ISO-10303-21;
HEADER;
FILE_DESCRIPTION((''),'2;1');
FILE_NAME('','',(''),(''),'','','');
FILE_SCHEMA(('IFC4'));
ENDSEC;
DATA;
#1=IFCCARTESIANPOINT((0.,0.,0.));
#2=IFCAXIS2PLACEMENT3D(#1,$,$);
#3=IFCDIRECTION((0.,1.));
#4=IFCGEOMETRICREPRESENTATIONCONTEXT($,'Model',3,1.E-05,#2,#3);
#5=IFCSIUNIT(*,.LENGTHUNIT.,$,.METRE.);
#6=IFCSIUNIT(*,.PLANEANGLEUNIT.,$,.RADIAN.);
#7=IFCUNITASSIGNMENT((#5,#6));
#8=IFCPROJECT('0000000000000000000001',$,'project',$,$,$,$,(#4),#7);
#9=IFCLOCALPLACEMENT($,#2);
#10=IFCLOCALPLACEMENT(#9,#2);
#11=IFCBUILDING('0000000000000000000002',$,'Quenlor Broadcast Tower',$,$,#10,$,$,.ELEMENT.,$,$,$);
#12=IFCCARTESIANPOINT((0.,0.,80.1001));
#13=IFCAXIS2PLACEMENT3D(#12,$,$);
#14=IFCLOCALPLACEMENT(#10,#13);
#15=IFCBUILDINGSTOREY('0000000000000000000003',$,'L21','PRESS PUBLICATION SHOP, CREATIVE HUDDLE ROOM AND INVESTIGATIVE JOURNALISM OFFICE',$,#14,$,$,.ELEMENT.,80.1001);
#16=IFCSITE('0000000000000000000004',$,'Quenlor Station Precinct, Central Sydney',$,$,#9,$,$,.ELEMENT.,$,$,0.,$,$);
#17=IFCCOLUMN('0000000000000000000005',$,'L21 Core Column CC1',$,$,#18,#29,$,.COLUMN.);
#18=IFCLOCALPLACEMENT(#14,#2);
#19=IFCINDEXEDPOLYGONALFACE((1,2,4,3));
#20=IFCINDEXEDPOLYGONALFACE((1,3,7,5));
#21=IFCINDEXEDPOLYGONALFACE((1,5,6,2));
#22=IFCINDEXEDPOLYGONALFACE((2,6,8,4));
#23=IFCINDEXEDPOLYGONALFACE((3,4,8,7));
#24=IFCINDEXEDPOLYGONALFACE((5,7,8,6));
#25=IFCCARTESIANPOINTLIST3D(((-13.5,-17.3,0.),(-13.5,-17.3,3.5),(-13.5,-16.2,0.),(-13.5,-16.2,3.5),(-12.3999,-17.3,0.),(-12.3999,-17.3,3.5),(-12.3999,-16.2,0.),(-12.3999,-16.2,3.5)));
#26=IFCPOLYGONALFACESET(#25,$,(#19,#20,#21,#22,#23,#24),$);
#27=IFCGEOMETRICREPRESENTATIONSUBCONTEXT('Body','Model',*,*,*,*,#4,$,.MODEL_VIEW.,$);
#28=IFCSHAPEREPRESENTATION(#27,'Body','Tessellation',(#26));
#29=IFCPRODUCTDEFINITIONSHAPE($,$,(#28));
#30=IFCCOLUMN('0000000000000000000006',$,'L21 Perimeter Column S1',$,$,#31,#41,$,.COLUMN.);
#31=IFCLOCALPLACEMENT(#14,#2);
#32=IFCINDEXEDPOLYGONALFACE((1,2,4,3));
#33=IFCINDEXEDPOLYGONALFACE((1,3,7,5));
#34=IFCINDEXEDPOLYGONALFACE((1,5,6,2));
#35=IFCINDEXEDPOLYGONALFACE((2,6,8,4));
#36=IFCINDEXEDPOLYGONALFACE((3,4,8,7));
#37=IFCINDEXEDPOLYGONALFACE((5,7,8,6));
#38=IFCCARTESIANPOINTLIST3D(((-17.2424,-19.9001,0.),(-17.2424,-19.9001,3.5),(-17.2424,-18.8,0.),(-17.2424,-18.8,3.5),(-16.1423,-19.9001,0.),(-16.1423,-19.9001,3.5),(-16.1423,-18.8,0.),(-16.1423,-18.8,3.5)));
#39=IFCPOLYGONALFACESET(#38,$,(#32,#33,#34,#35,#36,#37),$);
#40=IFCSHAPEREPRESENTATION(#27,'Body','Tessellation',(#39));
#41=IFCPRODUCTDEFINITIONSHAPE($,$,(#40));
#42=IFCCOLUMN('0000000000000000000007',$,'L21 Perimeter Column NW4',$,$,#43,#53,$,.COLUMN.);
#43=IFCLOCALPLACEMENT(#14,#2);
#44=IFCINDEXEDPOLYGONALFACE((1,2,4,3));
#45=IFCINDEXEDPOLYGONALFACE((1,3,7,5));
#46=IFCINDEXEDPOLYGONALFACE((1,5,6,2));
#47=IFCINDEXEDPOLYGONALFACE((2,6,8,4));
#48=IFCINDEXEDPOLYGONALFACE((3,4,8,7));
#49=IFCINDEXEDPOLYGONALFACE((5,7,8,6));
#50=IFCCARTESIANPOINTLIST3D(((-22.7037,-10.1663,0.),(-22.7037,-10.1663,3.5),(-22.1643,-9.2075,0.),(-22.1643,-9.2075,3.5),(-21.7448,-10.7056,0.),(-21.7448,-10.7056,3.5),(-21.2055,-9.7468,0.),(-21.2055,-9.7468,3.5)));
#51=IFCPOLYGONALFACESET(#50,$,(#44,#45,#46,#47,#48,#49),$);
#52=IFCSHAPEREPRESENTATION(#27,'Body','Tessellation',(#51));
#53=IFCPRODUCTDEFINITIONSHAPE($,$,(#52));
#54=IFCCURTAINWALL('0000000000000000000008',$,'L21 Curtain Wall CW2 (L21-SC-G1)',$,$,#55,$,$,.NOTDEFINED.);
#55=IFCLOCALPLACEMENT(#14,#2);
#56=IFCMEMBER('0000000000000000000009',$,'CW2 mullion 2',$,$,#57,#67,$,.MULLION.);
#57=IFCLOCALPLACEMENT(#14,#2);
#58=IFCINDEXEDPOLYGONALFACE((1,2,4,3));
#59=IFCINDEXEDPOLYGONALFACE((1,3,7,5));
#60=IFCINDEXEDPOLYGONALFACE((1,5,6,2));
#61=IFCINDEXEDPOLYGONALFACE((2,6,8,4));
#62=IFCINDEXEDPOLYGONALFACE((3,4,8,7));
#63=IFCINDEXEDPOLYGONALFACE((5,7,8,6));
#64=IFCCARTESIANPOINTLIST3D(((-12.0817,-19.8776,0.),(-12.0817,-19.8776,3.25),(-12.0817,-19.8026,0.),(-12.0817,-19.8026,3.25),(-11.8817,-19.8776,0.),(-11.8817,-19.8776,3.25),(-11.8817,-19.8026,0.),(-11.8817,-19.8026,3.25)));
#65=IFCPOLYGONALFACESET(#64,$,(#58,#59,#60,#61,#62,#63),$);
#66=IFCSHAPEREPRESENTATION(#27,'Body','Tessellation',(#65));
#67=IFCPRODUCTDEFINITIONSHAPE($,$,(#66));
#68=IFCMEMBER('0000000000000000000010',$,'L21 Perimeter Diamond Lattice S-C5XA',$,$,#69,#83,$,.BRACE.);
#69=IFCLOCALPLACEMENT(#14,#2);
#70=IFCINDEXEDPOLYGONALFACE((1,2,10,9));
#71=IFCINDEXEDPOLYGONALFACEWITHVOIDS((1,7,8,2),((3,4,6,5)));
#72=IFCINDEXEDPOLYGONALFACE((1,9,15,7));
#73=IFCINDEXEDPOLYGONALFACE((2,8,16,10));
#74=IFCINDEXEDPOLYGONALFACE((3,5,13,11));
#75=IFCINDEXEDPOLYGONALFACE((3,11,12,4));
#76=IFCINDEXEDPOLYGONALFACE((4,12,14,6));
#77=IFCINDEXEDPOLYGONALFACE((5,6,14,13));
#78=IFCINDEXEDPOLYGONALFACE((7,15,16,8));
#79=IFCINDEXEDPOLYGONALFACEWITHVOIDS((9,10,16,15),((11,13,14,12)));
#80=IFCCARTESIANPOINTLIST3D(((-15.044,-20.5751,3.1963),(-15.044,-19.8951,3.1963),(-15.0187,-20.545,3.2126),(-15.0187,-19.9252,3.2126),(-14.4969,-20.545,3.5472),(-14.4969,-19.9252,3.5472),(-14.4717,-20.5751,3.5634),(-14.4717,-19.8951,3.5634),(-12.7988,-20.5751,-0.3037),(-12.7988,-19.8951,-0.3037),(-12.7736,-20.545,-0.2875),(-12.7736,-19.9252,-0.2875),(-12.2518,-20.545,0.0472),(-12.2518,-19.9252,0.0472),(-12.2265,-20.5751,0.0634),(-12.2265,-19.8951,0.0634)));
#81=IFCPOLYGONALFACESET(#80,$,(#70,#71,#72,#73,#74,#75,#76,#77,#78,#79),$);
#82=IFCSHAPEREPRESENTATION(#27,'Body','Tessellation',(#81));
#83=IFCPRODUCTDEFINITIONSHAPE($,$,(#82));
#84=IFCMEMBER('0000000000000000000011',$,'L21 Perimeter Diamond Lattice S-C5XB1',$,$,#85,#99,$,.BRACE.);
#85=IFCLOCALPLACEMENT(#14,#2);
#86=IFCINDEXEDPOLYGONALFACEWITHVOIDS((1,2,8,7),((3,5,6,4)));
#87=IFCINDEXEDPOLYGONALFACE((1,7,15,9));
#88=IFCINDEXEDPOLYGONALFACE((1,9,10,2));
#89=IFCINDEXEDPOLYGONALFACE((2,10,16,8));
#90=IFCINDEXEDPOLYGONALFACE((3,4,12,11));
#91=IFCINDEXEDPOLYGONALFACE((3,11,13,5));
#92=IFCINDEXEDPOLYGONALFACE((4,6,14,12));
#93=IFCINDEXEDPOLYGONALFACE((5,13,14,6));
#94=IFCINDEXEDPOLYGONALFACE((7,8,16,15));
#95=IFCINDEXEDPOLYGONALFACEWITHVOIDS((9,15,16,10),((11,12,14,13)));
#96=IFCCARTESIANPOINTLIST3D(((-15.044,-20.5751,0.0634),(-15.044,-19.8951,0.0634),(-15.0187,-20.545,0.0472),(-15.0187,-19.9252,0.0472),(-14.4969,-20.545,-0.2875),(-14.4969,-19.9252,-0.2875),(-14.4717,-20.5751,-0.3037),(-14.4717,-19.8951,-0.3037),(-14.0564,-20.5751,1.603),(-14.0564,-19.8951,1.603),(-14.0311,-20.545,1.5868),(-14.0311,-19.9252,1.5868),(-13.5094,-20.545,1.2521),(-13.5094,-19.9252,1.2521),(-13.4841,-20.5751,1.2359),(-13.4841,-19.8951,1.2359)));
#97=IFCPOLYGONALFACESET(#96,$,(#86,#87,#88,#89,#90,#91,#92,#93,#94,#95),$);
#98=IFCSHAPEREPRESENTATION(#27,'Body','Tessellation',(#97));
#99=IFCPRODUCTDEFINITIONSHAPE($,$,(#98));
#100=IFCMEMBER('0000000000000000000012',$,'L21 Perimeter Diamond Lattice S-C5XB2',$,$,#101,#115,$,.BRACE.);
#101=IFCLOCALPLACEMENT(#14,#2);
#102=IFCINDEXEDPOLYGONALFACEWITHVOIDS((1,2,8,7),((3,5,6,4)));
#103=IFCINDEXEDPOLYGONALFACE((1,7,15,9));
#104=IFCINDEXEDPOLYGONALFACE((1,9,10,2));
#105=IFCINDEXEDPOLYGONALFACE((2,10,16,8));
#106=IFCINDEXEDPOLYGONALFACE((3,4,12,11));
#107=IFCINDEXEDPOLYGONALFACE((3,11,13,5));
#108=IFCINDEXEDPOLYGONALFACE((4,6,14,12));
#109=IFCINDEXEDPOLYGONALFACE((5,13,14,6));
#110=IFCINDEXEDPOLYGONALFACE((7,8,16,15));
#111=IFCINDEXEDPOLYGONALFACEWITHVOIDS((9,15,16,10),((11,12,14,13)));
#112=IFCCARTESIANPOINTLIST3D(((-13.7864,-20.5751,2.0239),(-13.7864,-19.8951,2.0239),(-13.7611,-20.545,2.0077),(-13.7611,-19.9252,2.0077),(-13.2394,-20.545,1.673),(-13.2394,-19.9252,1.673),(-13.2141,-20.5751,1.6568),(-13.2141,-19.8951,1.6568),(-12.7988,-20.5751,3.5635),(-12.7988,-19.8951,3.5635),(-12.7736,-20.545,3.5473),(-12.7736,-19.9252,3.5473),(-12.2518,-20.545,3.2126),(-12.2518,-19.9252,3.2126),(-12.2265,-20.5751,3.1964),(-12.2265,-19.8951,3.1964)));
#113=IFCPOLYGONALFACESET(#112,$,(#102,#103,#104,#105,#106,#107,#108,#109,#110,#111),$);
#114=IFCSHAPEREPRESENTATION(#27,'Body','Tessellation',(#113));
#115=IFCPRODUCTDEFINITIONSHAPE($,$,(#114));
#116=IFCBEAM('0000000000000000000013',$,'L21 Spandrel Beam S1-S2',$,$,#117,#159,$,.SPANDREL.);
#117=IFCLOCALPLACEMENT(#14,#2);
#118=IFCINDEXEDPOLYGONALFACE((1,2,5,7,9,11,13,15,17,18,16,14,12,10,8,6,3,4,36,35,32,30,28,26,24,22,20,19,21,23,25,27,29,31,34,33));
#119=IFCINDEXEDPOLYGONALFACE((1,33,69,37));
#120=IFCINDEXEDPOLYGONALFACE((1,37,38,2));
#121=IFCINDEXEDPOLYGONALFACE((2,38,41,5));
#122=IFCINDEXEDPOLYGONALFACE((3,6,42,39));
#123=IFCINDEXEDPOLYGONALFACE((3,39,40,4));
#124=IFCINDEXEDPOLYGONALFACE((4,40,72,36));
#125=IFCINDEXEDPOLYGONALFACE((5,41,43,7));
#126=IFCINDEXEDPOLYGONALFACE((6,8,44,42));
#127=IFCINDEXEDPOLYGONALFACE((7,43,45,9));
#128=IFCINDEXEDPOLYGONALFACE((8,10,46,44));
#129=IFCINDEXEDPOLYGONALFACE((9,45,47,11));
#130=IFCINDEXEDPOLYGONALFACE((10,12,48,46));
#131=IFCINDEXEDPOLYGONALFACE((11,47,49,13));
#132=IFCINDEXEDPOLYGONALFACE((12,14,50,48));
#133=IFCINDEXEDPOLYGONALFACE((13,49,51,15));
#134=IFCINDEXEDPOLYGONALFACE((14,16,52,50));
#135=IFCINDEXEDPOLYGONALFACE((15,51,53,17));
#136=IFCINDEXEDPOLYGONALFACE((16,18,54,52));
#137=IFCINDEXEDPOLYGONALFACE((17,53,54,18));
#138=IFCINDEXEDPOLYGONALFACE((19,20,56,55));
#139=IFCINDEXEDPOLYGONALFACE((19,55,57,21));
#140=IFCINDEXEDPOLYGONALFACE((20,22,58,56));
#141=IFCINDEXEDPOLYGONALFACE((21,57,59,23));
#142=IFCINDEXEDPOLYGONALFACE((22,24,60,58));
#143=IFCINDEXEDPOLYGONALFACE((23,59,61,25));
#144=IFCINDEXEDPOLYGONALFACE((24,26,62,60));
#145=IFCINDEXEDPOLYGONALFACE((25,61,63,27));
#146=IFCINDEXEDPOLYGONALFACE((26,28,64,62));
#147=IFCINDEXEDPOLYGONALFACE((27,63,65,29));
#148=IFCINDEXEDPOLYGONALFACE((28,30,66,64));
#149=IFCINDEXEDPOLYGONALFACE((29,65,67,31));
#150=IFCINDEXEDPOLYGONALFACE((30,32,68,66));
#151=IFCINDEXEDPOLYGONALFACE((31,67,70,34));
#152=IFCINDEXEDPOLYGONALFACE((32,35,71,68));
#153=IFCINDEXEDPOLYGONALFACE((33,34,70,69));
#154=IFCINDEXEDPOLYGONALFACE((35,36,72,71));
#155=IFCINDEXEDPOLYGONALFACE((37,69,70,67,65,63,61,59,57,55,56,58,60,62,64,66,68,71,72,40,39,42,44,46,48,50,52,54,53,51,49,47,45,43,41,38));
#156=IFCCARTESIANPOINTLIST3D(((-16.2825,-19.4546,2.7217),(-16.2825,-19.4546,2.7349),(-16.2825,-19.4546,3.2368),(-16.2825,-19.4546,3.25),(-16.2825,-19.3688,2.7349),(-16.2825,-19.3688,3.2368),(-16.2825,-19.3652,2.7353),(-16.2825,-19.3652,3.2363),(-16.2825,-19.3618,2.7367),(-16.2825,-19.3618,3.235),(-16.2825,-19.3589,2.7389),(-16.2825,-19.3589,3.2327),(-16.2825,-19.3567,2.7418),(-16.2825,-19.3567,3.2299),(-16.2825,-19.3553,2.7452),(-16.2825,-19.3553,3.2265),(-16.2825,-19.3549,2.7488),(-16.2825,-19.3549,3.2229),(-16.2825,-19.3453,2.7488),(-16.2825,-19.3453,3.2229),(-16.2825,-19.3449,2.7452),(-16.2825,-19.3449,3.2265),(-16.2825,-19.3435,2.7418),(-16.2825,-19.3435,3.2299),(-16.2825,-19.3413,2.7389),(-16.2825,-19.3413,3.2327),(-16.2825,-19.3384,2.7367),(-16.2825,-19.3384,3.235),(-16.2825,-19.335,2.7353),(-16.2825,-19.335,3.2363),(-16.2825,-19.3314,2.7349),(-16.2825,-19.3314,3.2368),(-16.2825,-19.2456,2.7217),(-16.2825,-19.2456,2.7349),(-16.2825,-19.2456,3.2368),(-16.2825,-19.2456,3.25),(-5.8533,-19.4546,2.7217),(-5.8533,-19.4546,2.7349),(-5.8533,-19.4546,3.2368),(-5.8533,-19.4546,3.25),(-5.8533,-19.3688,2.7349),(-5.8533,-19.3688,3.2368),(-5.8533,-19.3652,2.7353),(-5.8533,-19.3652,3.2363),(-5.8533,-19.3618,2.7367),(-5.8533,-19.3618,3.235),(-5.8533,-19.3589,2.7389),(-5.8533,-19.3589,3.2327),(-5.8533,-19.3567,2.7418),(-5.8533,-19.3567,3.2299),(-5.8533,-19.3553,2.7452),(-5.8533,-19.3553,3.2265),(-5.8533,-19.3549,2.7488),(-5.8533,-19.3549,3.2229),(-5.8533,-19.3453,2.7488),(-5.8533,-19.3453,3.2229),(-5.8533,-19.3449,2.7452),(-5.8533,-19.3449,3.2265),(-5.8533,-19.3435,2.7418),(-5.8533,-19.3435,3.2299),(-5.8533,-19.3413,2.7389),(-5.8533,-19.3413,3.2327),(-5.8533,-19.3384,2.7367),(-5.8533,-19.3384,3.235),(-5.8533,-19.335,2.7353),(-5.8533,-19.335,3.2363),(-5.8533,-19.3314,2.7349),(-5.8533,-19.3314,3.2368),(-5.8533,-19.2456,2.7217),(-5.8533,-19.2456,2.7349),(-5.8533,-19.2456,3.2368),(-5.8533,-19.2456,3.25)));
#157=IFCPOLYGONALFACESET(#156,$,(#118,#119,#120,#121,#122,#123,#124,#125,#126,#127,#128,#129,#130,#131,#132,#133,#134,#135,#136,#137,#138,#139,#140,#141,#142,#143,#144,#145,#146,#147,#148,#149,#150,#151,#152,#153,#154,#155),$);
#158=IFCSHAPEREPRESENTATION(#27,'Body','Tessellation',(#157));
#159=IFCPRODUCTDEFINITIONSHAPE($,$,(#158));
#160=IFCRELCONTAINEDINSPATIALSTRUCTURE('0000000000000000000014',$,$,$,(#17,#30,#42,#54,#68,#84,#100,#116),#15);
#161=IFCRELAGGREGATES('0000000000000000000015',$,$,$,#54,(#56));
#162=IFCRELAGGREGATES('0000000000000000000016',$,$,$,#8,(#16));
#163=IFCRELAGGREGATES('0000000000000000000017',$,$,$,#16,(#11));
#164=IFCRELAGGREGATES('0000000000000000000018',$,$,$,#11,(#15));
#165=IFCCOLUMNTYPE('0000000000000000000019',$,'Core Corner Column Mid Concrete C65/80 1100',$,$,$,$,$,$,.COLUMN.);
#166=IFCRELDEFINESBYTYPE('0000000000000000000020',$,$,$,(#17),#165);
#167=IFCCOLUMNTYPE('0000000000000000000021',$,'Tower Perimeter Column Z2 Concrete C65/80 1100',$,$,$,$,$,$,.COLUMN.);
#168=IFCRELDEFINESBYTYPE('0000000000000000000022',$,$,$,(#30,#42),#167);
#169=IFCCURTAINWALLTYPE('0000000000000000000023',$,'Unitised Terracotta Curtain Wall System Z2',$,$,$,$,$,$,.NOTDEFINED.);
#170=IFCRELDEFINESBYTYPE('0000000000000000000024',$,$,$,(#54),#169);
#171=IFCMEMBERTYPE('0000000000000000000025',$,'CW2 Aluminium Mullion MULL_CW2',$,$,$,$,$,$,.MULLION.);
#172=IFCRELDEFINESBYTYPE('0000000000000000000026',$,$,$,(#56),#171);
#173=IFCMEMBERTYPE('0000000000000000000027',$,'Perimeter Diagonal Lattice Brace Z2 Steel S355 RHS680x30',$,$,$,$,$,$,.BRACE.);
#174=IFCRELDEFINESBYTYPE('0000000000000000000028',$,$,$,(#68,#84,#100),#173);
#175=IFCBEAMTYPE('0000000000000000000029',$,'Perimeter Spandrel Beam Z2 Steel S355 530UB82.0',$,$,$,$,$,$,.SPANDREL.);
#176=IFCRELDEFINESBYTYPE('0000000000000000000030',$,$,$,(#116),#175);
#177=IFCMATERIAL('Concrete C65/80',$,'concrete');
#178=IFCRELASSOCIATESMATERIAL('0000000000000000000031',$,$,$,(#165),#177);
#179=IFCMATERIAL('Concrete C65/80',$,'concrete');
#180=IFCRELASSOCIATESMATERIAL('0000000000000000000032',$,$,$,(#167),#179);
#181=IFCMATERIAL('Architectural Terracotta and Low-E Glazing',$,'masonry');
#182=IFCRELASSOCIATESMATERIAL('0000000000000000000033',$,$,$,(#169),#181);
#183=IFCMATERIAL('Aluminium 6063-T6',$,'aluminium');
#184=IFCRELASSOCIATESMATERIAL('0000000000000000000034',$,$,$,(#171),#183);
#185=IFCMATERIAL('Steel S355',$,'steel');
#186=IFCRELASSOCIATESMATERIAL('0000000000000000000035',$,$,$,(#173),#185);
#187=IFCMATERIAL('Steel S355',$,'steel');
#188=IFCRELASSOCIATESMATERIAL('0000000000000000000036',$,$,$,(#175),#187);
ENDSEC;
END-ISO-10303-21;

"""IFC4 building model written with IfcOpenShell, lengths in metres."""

from ifc_helpers import new_model, si_unit, direction, frame, origin, origin_2d, place, context, subcontext, project, spatial, rectangle, hollow_rectangle, i_section, extrude, material, material_profile, profile_set, type_object, element, aggregate, save


model = new_model("IFC4")

# Units and contexts
model_context = context("Model", 3, precision=1e-05, world=origin(), true_north=direction((0.0, 1.0)))
body_context = subcontext(model_context, "Body", "Model", "MODEL_VIEW")
ifc_project = project(units=[si_unit("LENGTHUNIT", "METRE"), si_unit("PLANEANGLEUNIT", "RADIAN")], contexts=[model_context])

# Site, building, storey
site_placement = place(None, origin())
site = spatial("IfcSite", under=ifc_project, at=site_placement, Name="Quenlor Station Precinct, Central Sydney", CompositionType="ELEMENT", RefElevation=0.0)
building_placement = place(site_placement, origin())
building = spatial("IfcBuilding", under=site, at=building_placement, Name="Quenlor Broadcast Tower", CompositionType="ELEMENT")
storey_placement = place(building_placement, frame((0.0, 0.0, 80.1001)))
storey = spatial("IfcBuildingStorey", under=building, at=storey_placement, Name="L21", Description="PRESS PUBLICATION SHOP, CREATIVE HUDDLE ROOM AND INVESTIGATIVE JOURNALISM OFFICE", CompositionType="ELEMENT", Elevation=80.1001)

# Columns
ifc_material_1 = material(Name="Concrete C65/80", Category="concrete")
ifc_material_profile_1 = material_profile(ifc_material_1, rectangle(XDim=1.1001, YDim=1.1001, at=origin_2d()))
ifc_profile_set_1 = profile_set([ifc_material_profile_1], Name="Concrete C65/80 RC1100x1100")
column_type_1 = type_object("IfcColumnType", Name="Core Corner Column Mid Concrete C65/80 1100", PredefinedType="COLUMN", material=ifc_profile_set_1)
column_placement = place(storey_placement, frame((-12.95, -16.75, 0.0), z_axis=(0.0, 0.0, 1.0), x_axis=(1.0, 0.0, 0.0)))
element("IfcColumn", 1, at=column_placement, inside=storey, type_object=column_type_1, Name="L21 Core Column CC1", PredefinedType="COLUMN", context=body_context, shape_type="SweptSolid", body=[
    extrude(rectangle(XDim=1.1001, YDim=1.1001, at=origin_2d()), origin(), (0.0, 0.0, 1.0), 3.5),
])
ifc_material_2 = material(Name="Concrete C65/80", Category="concrete")
ifc_material_profile_2 = material_profile(ifc_material_2, rectangle(XDim=1.1001, YDim=1.1001, at=origin_2d()))
ifc_profile_set_2 = profile_set([ifc_material_profile_2], Name="Concrete C65/80 RC1100x1100")
column_type_2 = type_object("IfcColumnType", Name="Tower Perimeter Column Z2 Concrete C65/80 1100", PredefinedType="COLUMN", material=ifc_profile_set_2)
for number, where, z_axis, x_axis, name in (
    (2, (-16.6924, -19.3501, 0.0), (0.0, 0.0, 1.0), (0.0, 1.0, 0.0), "L21 Perimeter Column S1"),
    (3, (-21.9546, -9.9565, 0.0), (0.0, 0.0, 1.0), (-0.871575, 0.490262, 0.0), "L21 Perimeter Column NW4"),
):
    element("IfcColumn", number, at=place(storey_placement, frame(where, z_axis=z_axis, x_axis=x_axis)), inside=storey, type_object=column_type_2, Name=name, PredefinedType="COLUMN", context=body_context, shape_type="SweptSolid", body=[
        extrude(rectangle(XDim=1.1001, YDim=1.1001, at=origin_2d()), origin(), (0.0, 0.0, 1.0), 3.5),
    ])

# Curtain wall, member
ifc_material_3 = material(Name="Architectural Terracotta and Low-E Glazing", Category="masonry")
curtain_wall_type = type_object("IfcCurtainWallType", Name="Unitised Terracotta Curtain Wall System Z2", PredefinedType="NOTDEFINED", material=ifc_material_3)
curtain_wall_placement = place(storey_placement, origin())
curtain_wall = element("IfcCurtainWall", 4, at=curtain_wall_placement, inside=storey, type_object=curtain_wall_type, Name="L21 Curtain Wall CW2 (L21-SC-G1)", PredefinedType="NOTDEFINED")
ifc_material_4 = material(Name="Aluminium 6063-T6", Category="aluminium")
ifc_material_profile_3 = material_profile(ifc_material_4, rectangle(XDim=0.075, YDim=0.2, at=origin_2d()))
ifc_profile_set_3 = profile_set([ifc_material_profile_3], Name="Aluminium 6063-T6 MULL75x200")
member_type_1 = type_object("IfcMemberType", Name="CW2 Aluminium Mullion MULL_CW2", PredefinedType="MULLION", material=ifc_profile_set_3)
member_1_placement = place(storey_placement, frame((-11.9817, -19.8401, 0.0), z_axis=(0.0, 0.0, 1.0), x_axis=(0.0, -1.0, 0.0)))
member_1 = element("IfcMember", 5, at=member_1_placement, type_object=member_type_1, Name="CW2 mullion 2", PredefinedType="MULLION", context=body_context, shape_type="SweptSolid", body=[
    extrude(rectangle(XDim=0.075, YDim=0.2, at=origin_2d()), origin(), (0.0, 0.0, 1.0), 3.25),
])
aggregate(curtain_wall, [member_1])

# Members
ifc_material_5 = material(Name="Steel S355", Category="steel")
ifc_material_profile_4 = material_profile(ifc_material_5, hollow_rectangle(XDim=0.6799, YDim=0.6799, WallThickness=0.03, at=origin_2d()))
ifc_profile_set_4 = profile_set([ifc_material_profile_4], Name="Steel S355 RHS680x680x30")
member_type_2 = type_object("IfcMemberType", Name="Perimeter Diagonal Lattice Brace Z2 Steel S355 RHS680x30", PredefinedType="BRACE", material=ifc_profile_set_4)
member_2_placement = place(storey_placement, frame((-12.5127, -20.2351, -0.1201), z_axis=(-0.539926, 0.0, 0.841712), x_axis=(0.0, -1.0, 0.0)))
element("IfcMember", 6, at=member_2_placement, inside=storey, type_object=member_type_2, Name="L21 Perimeter Diamond Lattice S-C5XA", PredefinedType="BRACE", context=body_context, shape_type="SweptSolid", body=[
    extrude(hollow_rectangle(XDim=0.6799, YDim=0.6799, WallThickness=0.03, at=origin_2d()), origin(), (0.0, 0.0, 1.0), 4.1582),
])
for number, where, z_axis, x_axis, name in (
    (7, (-14.7578, -20.2351, -0.1201), (0.539921, 0.0, 0.841716), (0.0, 1.0, 0.0), "L21 Perimeter Diamond Lattice S-C5XB1"),
    (8, (-13.5002, -20.2351, 1.8403), (0.539921, 0.0, 0.841716), (0.0, 1.0, 0.0), "L21 Perimeter Diamond Lattice S-C5XB2"),
):
    element("IfcMember", number, at=place(storey_placement, frame(where, z_axis=z_axis, x_axis=x_axis)), inside=storey, type_object=member_type_2, Name=name, PredefinedType="BRACE", context=body_context, shape_type="SweptSolid", body=[
        extrude(hollow_rectangle(XDim=0.6799, YDim=0.6799, WallThickness=0.03, at=origin_2d()), origin(), (0.0, 0.0, 1.0), 1.8291),
    ])

# Beam
ifc_material_6 = material(Name="Steel S355", Category="steel")
ifc_material_profile_5 = material_profile(ifc_material_6, i_section(OverallWidth=0.209, OverallDepth=0.5283, WebThickness=0.0095, FlangeThickness=0.0132, FilletRadius=0.0139, at=origin_2d()))
ifc_profile_set_5 = profile_set([ifc_material_profile_5], Name="Steel S355 530UB82.0")
beam_type_1 = type_object("IfcBeamType", Name="Perimeter Spandrel Beam Z2 Steel S355 530UB82.0", PredefinedType="SPANDREL", material=ifc_profile_set_5)
beam_1_placement = place(storey_placement, frame((-16.2825, -19.3501, 2.9858), z_axis=(1.0, 0.0, 0.0), x_axis=(0.0, 1.0, 0.0)))
element("IfcBeam", 9, at=beam_1_placement, inside=storey, type_object=beam_type_1, Name="L21 Spandrel Beam S1-S2", PredefinedType="SPANDREL", context=body_context, shape_type="SweptSolid", body=[
    extrude(i_section(OverallWidth=0.209, OverallDepth=0.5283, WebThickness=0.0095, FlangeThickness=0.0132, FilletRadius=0.0139, at=origin_2d()), origin(), (0.0, 0.0, 1.0), 10.4292),
])

save(model, "model.ifc")
